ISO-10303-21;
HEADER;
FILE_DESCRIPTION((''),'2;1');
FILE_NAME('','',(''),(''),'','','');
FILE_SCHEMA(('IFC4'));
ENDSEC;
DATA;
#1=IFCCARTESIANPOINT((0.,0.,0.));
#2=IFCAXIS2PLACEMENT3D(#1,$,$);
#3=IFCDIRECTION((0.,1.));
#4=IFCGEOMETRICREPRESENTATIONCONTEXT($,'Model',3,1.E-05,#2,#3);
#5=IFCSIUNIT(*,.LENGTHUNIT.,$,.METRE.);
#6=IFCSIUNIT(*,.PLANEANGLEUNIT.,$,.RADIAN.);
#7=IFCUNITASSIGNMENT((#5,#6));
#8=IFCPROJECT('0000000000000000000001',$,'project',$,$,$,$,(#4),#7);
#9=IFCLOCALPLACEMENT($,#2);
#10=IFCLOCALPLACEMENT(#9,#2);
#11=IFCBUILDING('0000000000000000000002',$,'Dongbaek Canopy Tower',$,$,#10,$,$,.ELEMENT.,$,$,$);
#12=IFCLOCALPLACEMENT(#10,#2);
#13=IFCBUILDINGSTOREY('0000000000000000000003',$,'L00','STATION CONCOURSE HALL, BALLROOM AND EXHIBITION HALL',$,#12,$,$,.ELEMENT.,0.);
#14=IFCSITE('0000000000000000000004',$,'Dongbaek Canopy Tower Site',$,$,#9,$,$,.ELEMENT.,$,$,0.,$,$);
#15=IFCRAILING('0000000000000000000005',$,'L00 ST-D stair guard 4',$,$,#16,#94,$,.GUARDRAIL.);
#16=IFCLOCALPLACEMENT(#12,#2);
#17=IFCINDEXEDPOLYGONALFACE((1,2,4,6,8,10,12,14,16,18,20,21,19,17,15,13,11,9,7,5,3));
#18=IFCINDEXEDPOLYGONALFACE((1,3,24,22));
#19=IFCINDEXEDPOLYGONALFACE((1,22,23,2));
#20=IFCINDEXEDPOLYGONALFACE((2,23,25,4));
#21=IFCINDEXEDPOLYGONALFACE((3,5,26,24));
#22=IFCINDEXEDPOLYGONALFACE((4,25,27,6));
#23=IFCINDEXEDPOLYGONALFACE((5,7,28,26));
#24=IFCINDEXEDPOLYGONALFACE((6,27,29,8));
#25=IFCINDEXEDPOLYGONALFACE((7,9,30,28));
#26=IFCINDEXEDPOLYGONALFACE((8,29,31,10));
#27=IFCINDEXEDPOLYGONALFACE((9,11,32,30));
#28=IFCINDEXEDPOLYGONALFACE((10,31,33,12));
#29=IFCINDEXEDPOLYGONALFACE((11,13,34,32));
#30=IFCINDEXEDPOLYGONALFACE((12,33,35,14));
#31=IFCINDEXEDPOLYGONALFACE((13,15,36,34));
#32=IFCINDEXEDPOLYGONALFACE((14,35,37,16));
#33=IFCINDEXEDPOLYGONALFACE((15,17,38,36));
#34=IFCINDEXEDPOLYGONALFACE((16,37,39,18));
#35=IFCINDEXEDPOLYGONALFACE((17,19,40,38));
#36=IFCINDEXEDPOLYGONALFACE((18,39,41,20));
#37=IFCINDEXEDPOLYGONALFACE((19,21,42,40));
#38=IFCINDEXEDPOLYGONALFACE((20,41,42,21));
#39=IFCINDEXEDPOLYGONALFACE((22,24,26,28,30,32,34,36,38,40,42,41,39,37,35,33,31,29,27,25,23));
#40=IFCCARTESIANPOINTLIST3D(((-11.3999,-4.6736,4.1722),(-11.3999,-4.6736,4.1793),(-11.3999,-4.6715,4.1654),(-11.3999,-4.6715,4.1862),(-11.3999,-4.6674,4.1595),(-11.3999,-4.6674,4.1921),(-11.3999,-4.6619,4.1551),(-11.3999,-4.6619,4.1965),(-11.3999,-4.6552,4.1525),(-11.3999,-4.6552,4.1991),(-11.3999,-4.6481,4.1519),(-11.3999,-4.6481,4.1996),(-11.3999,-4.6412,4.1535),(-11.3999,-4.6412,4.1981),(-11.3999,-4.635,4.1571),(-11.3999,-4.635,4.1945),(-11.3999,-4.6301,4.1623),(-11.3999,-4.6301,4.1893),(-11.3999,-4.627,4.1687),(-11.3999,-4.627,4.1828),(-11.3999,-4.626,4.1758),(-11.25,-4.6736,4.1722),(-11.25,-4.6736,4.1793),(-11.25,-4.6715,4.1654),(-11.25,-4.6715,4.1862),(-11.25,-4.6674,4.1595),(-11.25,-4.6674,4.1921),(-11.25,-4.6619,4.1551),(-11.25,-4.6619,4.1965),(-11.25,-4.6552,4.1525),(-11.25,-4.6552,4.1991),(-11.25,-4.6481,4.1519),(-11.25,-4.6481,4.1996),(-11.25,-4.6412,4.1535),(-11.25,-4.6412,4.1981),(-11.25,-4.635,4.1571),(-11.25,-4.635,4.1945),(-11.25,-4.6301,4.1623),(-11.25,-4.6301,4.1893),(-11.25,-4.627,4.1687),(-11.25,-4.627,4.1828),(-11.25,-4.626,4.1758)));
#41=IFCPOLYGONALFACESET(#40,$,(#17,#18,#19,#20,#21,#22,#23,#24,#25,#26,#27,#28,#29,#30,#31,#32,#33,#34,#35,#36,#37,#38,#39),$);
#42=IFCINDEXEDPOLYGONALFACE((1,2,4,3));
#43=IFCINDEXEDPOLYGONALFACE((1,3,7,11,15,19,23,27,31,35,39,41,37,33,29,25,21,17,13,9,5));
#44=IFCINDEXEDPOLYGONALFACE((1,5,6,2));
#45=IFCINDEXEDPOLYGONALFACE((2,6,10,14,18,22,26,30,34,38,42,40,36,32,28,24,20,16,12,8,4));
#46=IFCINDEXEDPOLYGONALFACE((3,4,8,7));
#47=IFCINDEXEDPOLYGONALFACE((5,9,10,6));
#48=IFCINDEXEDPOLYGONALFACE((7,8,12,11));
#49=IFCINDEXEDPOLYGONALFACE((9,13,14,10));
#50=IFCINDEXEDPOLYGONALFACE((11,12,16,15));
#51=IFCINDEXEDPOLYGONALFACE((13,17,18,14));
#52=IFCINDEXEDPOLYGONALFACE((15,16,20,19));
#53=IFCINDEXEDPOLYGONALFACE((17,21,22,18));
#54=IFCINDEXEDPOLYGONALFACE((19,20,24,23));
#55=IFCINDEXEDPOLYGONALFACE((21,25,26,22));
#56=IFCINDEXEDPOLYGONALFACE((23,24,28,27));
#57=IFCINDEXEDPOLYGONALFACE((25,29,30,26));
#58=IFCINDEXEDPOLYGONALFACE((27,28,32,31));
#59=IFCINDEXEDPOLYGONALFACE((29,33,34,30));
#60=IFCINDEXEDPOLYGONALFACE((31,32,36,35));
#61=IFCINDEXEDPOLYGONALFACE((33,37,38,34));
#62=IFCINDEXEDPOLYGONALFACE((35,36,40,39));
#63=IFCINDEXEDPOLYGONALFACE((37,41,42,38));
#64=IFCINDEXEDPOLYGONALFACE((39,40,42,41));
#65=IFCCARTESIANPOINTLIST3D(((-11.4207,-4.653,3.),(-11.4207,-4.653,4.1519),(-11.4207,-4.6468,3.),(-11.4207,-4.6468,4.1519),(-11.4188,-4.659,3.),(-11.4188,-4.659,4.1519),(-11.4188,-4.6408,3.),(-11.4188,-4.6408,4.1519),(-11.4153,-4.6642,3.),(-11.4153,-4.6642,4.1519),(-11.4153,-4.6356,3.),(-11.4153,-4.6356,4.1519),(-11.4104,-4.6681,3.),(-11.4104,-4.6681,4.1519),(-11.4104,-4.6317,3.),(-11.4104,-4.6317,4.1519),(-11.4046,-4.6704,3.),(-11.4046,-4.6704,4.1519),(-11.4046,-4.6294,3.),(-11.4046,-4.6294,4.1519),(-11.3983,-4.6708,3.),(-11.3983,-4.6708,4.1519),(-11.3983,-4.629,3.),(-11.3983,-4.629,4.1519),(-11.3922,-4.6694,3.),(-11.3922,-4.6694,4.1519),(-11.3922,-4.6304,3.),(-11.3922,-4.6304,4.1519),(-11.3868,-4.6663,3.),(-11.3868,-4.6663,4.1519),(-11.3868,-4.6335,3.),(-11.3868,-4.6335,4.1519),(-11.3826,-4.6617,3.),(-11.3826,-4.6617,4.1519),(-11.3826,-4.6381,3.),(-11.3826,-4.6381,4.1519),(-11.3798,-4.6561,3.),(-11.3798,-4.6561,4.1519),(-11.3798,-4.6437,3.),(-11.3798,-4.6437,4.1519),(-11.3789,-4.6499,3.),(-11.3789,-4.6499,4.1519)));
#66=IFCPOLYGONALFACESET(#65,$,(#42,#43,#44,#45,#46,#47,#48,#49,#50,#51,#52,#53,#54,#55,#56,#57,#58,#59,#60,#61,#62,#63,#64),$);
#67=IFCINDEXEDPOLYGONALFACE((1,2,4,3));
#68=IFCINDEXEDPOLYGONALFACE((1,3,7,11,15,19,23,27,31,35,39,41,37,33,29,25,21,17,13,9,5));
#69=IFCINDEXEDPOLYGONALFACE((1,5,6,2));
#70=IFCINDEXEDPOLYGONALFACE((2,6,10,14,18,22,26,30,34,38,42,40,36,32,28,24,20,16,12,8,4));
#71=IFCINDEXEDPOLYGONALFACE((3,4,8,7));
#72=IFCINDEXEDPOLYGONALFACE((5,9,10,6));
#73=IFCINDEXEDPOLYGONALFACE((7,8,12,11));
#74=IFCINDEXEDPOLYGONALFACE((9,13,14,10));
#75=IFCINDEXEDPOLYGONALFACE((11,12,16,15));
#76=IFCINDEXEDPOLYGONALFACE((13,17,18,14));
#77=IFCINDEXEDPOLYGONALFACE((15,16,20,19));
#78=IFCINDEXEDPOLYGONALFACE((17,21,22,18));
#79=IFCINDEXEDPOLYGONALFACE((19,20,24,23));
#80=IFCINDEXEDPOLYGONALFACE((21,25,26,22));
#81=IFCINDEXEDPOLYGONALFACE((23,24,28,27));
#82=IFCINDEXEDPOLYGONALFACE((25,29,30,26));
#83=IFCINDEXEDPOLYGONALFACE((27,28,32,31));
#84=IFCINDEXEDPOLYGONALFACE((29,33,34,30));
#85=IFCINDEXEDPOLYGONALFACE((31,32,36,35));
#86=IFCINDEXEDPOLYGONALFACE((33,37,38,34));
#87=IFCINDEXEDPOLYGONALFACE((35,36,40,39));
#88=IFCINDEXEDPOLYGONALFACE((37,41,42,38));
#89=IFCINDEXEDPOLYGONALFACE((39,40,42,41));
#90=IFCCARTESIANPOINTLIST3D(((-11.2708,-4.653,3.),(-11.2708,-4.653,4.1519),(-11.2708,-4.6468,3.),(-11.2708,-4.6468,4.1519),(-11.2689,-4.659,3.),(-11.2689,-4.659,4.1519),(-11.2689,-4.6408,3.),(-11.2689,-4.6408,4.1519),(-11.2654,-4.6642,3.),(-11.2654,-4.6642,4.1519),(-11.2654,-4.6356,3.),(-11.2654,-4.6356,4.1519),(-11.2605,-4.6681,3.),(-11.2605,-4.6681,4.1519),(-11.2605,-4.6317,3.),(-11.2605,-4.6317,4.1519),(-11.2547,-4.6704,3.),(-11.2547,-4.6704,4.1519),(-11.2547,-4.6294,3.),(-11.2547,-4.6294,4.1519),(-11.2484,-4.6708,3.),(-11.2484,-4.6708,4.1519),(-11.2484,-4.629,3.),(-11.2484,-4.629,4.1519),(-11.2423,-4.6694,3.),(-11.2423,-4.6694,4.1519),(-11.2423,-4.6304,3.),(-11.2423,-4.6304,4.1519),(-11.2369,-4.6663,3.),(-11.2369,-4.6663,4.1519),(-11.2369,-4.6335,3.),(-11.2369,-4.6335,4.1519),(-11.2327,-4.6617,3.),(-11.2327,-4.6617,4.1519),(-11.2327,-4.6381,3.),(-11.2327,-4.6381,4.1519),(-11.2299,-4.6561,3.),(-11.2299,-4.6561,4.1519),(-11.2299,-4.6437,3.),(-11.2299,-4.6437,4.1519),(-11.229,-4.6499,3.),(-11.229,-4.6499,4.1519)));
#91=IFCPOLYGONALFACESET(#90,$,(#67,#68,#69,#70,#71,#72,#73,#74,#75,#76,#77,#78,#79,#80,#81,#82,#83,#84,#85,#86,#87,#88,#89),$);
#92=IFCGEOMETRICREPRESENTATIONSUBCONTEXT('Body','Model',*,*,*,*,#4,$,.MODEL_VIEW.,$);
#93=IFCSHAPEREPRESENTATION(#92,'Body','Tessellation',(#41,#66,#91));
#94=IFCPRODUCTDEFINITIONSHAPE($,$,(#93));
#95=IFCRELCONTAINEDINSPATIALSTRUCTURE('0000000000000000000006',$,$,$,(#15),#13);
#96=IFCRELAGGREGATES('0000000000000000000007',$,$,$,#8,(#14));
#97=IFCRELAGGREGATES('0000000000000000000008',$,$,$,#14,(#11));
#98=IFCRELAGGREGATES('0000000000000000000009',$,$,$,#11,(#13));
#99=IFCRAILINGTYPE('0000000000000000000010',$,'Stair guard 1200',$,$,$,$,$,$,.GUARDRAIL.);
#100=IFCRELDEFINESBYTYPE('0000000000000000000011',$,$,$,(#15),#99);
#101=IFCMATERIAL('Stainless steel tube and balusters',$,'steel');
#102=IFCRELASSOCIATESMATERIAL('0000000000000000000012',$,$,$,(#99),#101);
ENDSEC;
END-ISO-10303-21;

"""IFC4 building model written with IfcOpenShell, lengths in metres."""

from ifc_helpers import new_model, si_unit, direction, frame, origin, origin_2d, place, context, subcontext, project, spatial, circle, extrude, material, type_object, element, save


model = new_model("IFC4")

# Units and contexts
model_context = context("Model", 3, precision=1e-05, world=origin(), true_north=direction((0.0, 1.0)))
body_context = subcontext(model_context, "Body", "Model", "MODEL_VIEW")
ifc_project = project(units=[si_unit("LENGTHUNIT", "METRE"), si_unit("PLANEANGLEUNIT", "RADIAN")], contexts=[model_context])

# Site, building, storey
site_placement = place(None, origin())
site = spatial("IfcSite", under=ifc_project, at=site_placement, Name="Dongbaek Canopy Tower Site", CompositionType="ELEMENT", RefElevation=0.0)
building_placement = place(site_placement, origin())
building = spatial("IfcBuilding", under=site, at=building_placement, Name="Dongbaek Canopy Tower", CompositionType="ELEMENT")
storey_placement = place(building_placement, origin())
storey = spatial("IfcBuildingStorey", under=building, at=storey_placement, Name="L00", Description="STATION CONCOURSE HALL, BALLROOM AND EXHIBITION HALL", CompositionType="ELEMENT", Elevation=0.0)

# Railing
ifc_material_1 = material(Name="Stainless steel tube and balusters", Category="steel")
railing_type_1 = type_object("IfcRailingType", Name="Stair guard 1200", PredefinedType="GUARDRAIL", material=ifc_material_1)
railing_1_placement = place(storey_placement, frame((-11.3999, -4.6499, 3.0)))
element("IfcRailing", 1, at=railing_1_placement, inside=storey, type_object=railing_type_1, Name="L00 ST-D stair guard 4", PredefinedType="GUARDRAIL", context=body_context, shape_type="SweptSolid", body=[
    extrude(circle(Radius=0.0239, at=origin_2d()), frame((0.0, 0.0, 1.1758), z_axis=(1.0, 0.0, 0.0), x_axis=(0.0, 1.0, 0.0)), (0.0, 0.0, 1.0), 0.1499),
    extrude(circle(Radius=0.021, at=origin_2d()), origin(), (0.0, 0.0, 1.0), 1.1519),
    extrude(circle(Radius=0.021, at=origin_2d()), frame((0.1499, 0.0, 0.0)), (0.0, 0.0, 1.0), 1.1519),
])

save(model, "model.ifc")
